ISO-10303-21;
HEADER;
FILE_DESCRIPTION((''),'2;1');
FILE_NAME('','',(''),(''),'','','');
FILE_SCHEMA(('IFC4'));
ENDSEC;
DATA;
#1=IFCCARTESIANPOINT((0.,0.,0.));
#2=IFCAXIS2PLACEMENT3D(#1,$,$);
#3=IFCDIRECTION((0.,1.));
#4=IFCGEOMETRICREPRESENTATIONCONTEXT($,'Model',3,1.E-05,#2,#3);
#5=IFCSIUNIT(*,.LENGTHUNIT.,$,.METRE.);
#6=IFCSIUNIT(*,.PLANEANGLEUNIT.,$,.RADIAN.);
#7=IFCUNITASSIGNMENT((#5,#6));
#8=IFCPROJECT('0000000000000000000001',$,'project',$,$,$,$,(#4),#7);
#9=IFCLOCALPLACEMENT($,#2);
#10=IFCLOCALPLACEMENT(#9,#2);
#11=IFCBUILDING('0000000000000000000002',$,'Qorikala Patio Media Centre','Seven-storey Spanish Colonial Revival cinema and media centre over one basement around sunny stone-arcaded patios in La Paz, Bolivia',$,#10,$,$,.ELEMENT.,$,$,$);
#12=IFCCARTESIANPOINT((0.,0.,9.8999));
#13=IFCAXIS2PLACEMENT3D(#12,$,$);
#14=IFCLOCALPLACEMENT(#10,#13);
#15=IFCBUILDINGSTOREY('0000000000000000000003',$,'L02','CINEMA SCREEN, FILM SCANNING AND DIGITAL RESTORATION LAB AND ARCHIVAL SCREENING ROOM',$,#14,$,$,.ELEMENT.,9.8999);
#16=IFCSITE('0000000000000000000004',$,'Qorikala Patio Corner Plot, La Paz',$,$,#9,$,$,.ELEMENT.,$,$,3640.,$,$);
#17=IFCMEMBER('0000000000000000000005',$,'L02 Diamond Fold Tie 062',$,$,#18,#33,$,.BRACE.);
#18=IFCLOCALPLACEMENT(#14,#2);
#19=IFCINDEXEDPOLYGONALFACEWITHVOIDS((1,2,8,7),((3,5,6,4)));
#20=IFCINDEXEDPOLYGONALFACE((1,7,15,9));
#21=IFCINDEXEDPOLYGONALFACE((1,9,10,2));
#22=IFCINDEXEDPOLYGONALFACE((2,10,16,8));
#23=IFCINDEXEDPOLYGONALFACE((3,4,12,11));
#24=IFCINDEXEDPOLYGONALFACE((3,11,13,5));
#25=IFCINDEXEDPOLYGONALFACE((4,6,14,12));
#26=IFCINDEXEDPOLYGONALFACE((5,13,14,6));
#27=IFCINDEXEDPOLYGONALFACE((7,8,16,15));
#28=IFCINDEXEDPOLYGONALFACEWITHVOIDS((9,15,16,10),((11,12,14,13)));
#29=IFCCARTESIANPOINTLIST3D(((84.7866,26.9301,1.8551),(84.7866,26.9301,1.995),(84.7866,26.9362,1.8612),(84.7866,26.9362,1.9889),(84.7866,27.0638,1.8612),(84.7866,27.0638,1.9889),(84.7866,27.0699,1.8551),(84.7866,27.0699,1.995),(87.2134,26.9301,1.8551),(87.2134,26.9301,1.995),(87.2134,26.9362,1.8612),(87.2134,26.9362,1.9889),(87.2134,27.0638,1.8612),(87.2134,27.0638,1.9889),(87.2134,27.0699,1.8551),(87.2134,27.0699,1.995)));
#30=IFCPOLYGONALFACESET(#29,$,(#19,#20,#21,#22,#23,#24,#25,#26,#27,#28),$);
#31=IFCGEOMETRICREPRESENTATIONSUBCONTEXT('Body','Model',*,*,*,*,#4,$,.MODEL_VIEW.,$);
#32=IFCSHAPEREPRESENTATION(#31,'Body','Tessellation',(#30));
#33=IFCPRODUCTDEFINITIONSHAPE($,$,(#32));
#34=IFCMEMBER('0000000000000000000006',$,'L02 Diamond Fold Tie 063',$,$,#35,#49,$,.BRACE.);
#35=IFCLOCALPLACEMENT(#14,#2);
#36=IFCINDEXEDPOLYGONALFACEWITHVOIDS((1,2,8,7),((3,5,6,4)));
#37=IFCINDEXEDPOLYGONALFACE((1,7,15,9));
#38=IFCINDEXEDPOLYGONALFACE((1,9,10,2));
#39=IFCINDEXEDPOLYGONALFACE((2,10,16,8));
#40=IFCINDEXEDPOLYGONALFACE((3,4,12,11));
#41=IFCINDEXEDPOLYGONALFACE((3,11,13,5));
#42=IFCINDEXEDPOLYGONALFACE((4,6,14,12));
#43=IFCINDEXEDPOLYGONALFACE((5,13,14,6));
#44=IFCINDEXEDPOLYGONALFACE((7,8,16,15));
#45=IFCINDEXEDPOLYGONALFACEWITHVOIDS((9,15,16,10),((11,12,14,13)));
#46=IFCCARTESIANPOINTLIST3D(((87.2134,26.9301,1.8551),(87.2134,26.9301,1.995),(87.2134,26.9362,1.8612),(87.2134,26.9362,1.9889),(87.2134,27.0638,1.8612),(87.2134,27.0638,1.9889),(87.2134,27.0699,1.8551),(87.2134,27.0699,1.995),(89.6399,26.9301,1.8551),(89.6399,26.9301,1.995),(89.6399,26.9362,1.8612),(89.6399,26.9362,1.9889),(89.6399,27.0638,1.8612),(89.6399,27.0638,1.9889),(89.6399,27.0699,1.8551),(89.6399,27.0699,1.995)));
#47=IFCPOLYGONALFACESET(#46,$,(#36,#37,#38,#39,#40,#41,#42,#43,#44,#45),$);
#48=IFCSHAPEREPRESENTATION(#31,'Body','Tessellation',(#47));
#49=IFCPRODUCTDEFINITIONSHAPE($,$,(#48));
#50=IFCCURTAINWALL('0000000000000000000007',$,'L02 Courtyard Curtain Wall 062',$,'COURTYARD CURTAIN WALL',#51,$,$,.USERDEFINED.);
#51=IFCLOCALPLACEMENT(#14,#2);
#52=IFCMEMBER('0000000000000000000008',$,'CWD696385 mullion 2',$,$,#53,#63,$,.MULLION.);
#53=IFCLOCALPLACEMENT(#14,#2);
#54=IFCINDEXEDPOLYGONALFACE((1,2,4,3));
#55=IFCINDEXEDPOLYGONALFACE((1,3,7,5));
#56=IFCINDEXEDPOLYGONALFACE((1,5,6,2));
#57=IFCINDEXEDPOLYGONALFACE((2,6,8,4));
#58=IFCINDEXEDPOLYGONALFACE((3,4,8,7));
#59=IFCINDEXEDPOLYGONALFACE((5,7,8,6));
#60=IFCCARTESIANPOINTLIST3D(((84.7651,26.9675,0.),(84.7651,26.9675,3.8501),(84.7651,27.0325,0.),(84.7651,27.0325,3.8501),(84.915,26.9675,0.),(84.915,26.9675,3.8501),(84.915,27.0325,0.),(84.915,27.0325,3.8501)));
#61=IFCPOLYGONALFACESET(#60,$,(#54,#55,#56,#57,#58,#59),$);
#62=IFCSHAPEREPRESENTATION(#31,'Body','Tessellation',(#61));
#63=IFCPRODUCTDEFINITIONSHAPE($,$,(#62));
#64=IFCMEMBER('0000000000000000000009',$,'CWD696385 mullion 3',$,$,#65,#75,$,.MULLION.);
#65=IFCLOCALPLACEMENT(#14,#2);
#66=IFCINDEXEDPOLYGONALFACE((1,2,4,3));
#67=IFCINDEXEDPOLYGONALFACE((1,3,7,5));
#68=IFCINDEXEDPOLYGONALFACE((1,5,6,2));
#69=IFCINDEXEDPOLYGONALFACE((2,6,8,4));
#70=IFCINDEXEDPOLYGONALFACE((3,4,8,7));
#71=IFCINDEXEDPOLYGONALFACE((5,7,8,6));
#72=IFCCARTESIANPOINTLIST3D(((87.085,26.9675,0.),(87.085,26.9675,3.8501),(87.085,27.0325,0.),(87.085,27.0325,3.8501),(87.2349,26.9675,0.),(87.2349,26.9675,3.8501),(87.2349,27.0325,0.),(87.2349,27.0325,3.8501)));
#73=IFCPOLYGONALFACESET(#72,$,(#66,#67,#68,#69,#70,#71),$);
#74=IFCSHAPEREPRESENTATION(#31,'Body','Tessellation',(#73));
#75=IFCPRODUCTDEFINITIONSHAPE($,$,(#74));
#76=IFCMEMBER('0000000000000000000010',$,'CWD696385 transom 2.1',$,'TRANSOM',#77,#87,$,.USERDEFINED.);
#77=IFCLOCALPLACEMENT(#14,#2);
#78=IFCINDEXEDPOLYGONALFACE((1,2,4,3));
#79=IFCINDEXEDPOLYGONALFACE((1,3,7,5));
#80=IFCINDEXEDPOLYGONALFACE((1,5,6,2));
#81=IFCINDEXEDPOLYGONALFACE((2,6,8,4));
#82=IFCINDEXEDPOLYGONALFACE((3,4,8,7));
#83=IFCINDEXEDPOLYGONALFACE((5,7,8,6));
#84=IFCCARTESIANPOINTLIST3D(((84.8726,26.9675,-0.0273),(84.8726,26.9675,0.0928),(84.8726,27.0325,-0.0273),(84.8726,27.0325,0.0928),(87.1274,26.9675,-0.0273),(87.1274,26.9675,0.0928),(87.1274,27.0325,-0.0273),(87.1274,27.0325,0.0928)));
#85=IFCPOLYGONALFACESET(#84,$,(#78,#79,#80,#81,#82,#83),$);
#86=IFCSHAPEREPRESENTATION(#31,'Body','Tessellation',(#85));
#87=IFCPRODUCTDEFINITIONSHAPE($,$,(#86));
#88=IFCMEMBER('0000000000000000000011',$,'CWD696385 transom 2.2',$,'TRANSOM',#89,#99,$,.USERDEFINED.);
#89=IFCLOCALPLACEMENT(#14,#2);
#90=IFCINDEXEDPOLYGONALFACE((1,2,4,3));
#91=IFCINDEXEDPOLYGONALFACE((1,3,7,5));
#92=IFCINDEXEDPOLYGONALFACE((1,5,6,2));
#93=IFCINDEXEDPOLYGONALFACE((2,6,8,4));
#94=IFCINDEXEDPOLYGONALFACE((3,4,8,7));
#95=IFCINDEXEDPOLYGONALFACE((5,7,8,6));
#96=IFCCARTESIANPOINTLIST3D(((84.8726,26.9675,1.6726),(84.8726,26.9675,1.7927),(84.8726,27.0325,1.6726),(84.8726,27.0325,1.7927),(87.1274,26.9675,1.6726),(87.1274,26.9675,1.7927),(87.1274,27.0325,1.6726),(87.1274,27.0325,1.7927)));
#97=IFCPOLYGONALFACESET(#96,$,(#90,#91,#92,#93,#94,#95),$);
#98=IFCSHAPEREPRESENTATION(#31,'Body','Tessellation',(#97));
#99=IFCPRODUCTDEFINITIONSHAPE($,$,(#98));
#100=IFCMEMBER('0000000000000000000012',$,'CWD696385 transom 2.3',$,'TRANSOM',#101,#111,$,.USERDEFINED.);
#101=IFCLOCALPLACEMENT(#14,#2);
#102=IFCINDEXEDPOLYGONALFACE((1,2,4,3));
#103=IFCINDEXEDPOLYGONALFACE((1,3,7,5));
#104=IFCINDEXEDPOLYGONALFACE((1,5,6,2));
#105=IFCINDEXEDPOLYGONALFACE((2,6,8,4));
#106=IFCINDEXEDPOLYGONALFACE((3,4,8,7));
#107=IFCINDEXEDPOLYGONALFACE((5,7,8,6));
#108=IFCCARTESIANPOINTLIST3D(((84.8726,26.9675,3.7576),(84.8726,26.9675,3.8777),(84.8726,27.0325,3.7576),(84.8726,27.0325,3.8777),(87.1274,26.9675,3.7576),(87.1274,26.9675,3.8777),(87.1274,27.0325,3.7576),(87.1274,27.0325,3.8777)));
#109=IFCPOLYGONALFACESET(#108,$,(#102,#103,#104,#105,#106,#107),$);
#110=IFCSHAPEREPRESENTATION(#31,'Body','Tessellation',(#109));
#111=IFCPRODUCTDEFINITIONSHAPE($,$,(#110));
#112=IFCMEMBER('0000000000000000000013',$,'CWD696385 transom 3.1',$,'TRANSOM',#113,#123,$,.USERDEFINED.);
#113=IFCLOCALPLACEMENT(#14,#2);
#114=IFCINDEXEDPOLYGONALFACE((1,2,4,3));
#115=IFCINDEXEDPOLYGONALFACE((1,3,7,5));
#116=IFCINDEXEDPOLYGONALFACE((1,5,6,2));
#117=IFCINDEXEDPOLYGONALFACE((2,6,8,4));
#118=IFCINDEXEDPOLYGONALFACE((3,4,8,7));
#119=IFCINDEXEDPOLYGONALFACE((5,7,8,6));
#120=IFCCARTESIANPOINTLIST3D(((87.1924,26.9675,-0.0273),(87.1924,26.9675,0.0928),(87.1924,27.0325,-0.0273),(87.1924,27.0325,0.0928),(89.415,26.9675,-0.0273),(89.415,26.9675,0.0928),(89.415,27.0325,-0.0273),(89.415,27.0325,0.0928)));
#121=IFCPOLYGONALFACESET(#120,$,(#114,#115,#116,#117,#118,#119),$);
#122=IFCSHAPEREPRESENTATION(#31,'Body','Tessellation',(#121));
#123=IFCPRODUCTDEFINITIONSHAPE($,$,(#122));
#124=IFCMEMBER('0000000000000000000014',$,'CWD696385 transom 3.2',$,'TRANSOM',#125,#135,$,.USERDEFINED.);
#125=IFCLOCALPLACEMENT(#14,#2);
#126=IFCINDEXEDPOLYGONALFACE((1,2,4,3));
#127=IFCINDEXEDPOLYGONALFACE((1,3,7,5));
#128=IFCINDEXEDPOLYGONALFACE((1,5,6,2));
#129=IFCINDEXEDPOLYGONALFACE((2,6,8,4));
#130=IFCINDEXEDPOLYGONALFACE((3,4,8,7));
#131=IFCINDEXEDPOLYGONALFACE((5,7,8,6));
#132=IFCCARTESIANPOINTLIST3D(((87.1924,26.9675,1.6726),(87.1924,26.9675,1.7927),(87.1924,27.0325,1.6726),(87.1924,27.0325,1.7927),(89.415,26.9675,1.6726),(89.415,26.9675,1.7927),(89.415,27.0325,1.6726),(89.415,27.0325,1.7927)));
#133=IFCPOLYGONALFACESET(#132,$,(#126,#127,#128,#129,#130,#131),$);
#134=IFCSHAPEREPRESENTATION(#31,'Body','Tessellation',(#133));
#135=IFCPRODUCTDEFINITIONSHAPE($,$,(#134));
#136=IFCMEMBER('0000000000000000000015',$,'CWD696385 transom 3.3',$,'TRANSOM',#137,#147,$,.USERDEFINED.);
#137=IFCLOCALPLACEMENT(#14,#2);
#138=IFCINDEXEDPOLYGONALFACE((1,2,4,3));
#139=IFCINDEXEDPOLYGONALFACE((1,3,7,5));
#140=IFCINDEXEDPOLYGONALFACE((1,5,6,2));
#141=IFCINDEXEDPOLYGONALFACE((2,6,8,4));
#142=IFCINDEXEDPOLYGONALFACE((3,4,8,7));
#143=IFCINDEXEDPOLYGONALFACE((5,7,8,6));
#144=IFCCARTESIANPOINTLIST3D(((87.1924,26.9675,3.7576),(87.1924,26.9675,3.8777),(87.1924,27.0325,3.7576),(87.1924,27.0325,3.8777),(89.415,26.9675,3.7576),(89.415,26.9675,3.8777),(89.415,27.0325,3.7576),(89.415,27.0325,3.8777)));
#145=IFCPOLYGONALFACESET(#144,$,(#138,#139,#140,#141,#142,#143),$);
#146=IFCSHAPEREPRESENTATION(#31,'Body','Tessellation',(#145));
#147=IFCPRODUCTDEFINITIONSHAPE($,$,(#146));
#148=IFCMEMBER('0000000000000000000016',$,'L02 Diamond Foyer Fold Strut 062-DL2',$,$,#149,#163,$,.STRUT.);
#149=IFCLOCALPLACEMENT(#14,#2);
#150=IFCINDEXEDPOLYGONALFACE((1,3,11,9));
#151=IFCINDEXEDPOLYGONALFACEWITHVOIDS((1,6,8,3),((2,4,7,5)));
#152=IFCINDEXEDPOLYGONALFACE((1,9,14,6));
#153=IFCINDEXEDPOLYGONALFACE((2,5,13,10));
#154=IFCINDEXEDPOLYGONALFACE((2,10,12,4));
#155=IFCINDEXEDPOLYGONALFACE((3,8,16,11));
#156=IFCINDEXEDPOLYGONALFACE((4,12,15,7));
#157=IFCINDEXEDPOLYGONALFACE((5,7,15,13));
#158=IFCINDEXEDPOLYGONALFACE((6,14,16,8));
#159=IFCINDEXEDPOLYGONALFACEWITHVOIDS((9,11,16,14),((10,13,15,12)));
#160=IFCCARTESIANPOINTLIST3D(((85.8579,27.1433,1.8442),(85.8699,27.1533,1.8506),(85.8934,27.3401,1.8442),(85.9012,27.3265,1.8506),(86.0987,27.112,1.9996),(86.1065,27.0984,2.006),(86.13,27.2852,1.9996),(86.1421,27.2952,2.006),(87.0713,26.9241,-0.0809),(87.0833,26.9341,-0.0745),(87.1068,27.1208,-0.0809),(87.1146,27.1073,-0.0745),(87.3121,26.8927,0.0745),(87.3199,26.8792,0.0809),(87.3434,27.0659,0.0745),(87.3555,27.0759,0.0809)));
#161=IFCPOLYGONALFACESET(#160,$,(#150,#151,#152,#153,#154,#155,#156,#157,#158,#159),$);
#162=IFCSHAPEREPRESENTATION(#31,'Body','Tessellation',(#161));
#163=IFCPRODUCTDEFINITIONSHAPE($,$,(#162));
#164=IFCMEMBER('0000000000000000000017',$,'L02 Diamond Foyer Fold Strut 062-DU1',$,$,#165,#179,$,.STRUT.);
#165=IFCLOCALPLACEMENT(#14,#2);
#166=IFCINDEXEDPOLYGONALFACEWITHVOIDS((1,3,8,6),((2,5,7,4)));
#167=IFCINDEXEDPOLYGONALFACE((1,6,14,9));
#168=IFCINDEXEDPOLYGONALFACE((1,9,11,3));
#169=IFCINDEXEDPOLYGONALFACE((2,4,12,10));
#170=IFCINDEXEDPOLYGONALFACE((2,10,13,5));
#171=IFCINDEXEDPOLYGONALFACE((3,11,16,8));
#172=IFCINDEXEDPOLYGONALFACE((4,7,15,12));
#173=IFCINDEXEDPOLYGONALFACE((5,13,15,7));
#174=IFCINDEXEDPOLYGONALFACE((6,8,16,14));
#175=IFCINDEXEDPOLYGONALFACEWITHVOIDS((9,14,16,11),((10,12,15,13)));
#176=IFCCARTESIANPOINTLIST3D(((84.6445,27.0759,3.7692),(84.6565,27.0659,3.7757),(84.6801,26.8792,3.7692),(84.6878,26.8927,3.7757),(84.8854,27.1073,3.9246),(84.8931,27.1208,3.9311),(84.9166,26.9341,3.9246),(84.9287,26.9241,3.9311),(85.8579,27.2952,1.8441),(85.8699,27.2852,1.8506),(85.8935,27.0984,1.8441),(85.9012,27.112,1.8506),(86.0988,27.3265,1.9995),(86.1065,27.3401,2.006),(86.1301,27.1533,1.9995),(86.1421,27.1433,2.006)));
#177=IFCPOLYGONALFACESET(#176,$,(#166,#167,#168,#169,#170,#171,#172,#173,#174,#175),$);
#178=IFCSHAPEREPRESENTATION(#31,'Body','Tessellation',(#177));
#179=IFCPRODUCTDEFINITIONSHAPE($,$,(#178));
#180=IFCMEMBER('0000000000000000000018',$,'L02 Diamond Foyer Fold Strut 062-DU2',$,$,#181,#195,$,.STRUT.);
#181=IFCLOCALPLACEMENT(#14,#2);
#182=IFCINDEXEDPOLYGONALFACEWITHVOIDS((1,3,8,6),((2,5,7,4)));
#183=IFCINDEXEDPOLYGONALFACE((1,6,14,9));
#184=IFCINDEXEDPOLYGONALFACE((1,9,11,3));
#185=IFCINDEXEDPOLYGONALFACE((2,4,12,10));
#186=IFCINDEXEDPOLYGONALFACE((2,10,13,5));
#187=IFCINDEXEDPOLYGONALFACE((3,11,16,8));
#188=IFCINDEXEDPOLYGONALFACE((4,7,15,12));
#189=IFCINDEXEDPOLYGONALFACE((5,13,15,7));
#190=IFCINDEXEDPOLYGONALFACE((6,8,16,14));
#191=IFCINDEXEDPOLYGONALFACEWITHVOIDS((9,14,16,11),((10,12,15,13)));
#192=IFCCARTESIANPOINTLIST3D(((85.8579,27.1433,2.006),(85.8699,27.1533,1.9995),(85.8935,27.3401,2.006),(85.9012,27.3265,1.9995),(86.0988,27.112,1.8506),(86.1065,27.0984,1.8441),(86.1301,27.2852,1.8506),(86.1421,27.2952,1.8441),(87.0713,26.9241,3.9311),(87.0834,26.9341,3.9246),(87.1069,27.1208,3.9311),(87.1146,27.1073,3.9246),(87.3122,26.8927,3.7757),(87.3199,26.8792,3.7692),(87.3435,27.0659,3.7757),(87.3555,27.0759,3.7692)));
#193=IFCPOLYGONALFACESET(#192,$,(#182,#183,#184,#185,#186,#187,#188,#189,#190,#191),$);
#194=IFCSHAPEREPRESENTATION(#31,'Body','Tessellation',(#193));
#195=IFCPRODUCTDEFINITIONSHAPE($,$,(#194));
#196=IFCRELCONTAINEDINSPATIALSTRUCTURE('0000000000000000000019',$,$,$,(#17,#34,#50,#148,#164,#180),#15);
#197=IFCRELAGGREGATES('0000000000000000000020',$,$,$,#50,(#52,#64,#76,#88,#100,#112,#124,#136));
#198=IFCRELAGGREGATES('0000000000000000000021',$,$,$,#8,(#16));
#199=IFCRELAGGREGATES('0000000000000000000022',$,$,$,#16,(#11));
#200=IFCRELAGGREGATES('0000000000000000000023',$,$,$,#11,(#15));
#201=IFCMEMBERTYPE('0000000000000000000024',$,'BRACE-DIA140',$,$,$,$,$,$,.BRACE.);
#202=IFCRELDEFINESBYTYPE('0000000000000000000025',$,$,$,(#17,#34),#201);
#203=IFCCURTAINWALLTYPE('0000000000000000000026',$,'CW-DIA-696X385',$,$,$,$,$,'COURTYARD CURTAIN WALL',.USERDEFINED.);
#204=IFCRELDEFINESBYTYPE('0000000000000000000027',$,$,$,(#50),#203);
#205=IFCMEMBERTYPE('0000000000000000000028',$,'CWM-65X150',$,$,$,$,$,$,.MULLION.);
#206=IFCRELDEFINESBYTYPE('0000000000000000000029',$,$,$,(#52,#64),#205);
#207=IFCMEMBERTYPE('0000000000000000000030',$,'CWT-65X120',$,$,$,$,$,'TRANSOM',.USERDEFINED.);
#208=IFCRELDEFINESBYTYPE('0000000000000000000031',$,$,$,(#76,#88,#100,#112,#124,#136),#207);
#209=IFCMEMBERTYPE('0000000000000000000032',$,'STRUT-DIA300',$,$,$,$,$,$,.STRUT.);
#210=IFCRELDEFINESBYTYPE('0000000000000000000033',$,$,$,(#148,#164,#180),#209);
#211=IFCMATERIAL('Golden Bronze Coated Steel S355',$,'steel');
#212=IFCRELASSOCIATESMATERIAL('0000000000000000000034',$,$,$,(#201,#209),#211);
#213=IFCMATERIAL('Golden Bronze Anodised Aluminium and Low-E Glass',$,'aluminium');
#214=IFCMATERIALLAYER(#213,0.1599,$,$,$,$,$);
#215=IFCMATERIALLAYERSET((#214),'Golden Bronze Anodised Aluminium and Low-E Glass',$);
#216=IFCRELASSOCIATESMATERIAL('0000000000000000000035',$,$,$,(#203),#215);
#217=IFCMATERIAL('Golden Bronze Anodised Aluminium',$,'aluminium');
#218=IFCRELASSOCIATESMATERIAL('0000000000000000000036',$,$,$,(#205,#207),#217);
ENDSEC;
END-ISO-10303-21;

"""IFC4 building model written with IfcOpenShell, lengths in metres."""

from ifc_helpers import new_model, si_unit, direction, frame, origin, origin_2d, place, context, subcontext, project, spatial, rectangle, hollow_rectangle, extrude, material, layer, layer_set, material_profile, profile_set, type_object, element, aggregate, save


model = new_model("IFC4")

# Units and contexts
model_context = context("Model", 3, precision=1e-05, world=origin(), true_north=direction((0.0, 1.0)))
body_context = subcontext(model_context, "Body", "Model", "MODEL_VIEW")
ifc_project = project(units=[si_unit("LENGTHUNIT", "METRE"), si_unit("PLANEANGLEUNIT", "RADIAN")], contexts=[model_context])

# Site, building, storey
site_placement = place(None, origin())
site = spatial("IfcSite", under=ifc_project, at=site_placement, Name="Qorikala Patio Corner Plot, La Paz", CompositionType="ELEMENT", RefElevation=3640.0)
building_placement = place(site_placement, origin())
building = spatial("IfcBuilding", under=site, at=building_placement, Name="Qorikala Patio Media Centre", Description="Seven-storey Spanish Colonial Revival cinema and media centre over one basement around sunny stone-arcaded patios in La Paz, Bolivia", CompositionType="ELEMENT")
storey_placement = place(building_placement, frame((0.0, 0.0, 9.8999)))
storey = spatial("IfcBuildingStorey", under=building, at=storey_placement, Name="L02", Description="CINEMA SCREEN, FILM SCANNING AND DIGITAL RESTORATION LAB AND ARCHIVAL SCREENING ROOM", CompositionType="ELEMENT", Elevation=9.8999)

# Members
ifc_material_1 = material(Name="Golden Bronze Coated Steel S355", Category="steel")
ifc_material_profile_1 = material_profile(ifc_material_1, hollow_rectangle(XDim=0.1399, YDim=0.1399, WallThickness=0.0061, at=origin_2d()), Name="HSS140X140X6")
ifc_profile_set_1 = profile_set([ifc_material_profile_1], Name="Golden Bronze Coated Steel S355")
member_type_1 = type_object("IfcMemberType", Name="BRACE-DIA140", PredefinedType="BRACE", material=ifc_profile_set_1)
member_1_placement = place(storey_placement, frame((84.7866, 27.0, 1.925), z_axis=(1.0, 0.0, 0.0), x_axis=(0.0, 1.0, 0.0)))
element("IfcMember", 1, at=member_1_placement, inside=storey, type_object=member_type_1, Name="L02 Diamond Fold Tie 062", PredefinedType="BRACE", context=body_context, shape_type="SweptSolid", body=[
    extrude(hollow_rectangle(XDim=0.1399, YDim=0.1399, WallThickness=0.0061, at=origin_2d()), origin(), (0.0, 0.0, 1.0), 2.4268),
])
member_2_placement = place(storey_placement, frame((87.2134, 27.0, 1.925), z_axis=(1.0, 0.0, 0.0), x_axis=(0.0, 1.0, 0.0)))
element("IfcMember", 2, at=member_2_placement, inside=storey, type_object=member_type_1, Name="L02 Diamond Fold Tie 063", PredefinedType="BRACE", context=body_context, shape_type="SweptSolid", body=[
    extrude(hollow_rectangle(XDim=0.1399, YDim=0.1399, WallThickness=0.0061, at=origin_2d()), origin(), (0.0, 0.0, 1.0), 2.4265),
])

# Curtain wall, members
ifc_material_2 = material(Name="Golden Bronze Anodised Aluminium and Low-E Glass", Category="aluminium")
ifc_layer_1 = layer(ifc_material_2, 0.1599)
ifc_layer_set_1 = layer_set([ifc_layer_1], Name="Golden Bronze Anodised Aluminium and Low-E Glass")
curtain_wall_type = type_object("IfcCurtainWallType", Name="CW-DIA-696X385", ElementType="COURTYARD CURTAIN WALL", PredefinedType="USERDEFINED", material=ifc_layer_set_1)
curtain_wall_placement = place(storey_placement, origin())
curtain_wall = element("IfcCurtainWall", 3, at=curtain_wall_placement, inside=storey, type_object=curtain_wall_type, Name="L02 Courtyard Curtain Wall 062", ObjectType="COURTYARD CURTAIN WALL", PredefinedType="USERDEFINED")
ifc_material_3 = material(Name="Golden Bronze Anodised Aluminium", Category="aluminium")
ifc_material_profile_2 = material_profile(ifc_material_3, rectangle(XDim=0.0649, YDim=0.1499, at=origin_2d()), Name="ALU MULLION 65x150")
ifc_profile_set_2 = profile_set([ifc_material_profile_2], Name="Golden Bronze Anodised Aluminium")
member_type_2 = type_object("IfcMemberType", Name="CWM-65X150", PredefinedType="MULLION", material=ifc_profile_set_2)
member_3_placement = place(storey_placement, frame((84.8401, 27.0, 0.0), z_axis=(0.0, 0.0, 1.0), x_axis=(0.0, 1.0, 0.0)))
member_3 = element("IfcMember", 4, at=member_3_placement, type_object=member_type_2, Name="CWD696385 mullion 2", PredefinedType="MULLION", context=body_context, shape_type="SweptSolid", body=[
    extrude(rectangle(XDim=0.0649, YDim=0.1499, at=origin_2d()), origin(), (0.0, 0.0, 1.0), 3.8501),
])
member_4_placement = place(storey_placement, frame((87.1599, 27.0, 0.0), z_axis=(0.0, 0.0, 1.0), x_axis=(0.0, 1.0, 0.0)))
member_4 = element("IfcMember", 5, at=member_4_placement, type_object=member_type_2, Name="CWD696385 mullion 3", PredefinedType="MULLION", context=body_context, shape_type="SweptSolid", body=[
    extrude(rectangle(XDim=0.0649, YDim=0.1499, at=origin_2d()), origin(), (0.0, 0.0, 1.0), 3.8501),
])
ifc_material_profile_3 = material_profile(ifc_material_3, rectangle(XDim=0.0649, YDim=0.1201, at=origin_2d()), Name="ALU TRANSOM 65x120")
ifc_profile_set_3 = profile_set([ifc_material_profile_3], Name="Golden Bronze Anodised Aluminium")
member_type_3 = type_object("IfcMemberType", Name="CWT-65X120", ElementType="TRANSOM", PredefinedType="USERDEFINED", material=ifc_profile_set_3)
member_5_placement = place(storey_placement, frame((84.8726, 27.0, 0.0327), z_axis=(1.0, 0.0, 0.0), x_axis=(0.0, 1.0, 0.0)))
member_5 = element("IfcMember", 6, at=member_5_placement, type_object=member_type_3, Name="CWD696385 transom 2.1", ObjectType="TRANSOM", PredefinedType="USERDEFINED", context=body_context, shape_type="SweptSolid", body=[
    extrude(rectangle(XDim=0.0649, YDim=0.1201, at=origin_2d()), origin(), (0.0, 0.0, 1.0), 2.2549),
])
member_6_placement = place(storey_placement, frame((84.8726, 27.0, 1.7327), z_axis=(1.0, 0.0, 0.0), x_axis=(0.0, 1.0, 0.0)))
member_6 = element("IfcMember", 7, at=member_6_placement, type_object=member_type_3, Name="CWD696385 transom 2.2", ObjectType="TRANSOM", PredefinedType="USERDEFINED", context=body_context, shape_type="SweptSolid", body=[
    extrude(rectangle(XDim=0.0649, YDim=0.1201, at=origin_2d()), origin(), (0.0, 0.0, 1.0), 2.2549),
])
member_7_placement = place(storey_placement, frame((84.8726, 27.0, 3.8176), z_axis=(1.0, 0.0, 0.0), x_axis=(0.0, 1.0, 0.0)))
member_7 = element("IfcMember", 8, at=member_7_placement, type_object=member_type_3, Name="CWD696385 transom 2.3", ObjectType="TRANSOM", PredefinedType="USERDEFINED", context=body_context, shape_type="SweptSolid", body=[
    extrude(rectangle(XDim=0.0649, YDim=0.1201, at=origin_2d()), origin(), (0.0, 0.0, 1.0), 2.2549),
])
member_8_placement = place(storey_placement, frame((87.1924, 27.0, 0.0327), z_axis=(1.0, 0.0, 0.0), x_axis=(0.0, 1.0, 0.0)))
member_8 = element("IfcMember", 9, at=member_8_placement, type_object=member_type_3, Name="CWD696385 transom 3.1", ObjectType="TRANSOM", PredefinedType="USERDEFINED", context=body_context, shape_type="SweptSolid", body=[
    extrude(rectangle(XDim=0.0649, YDim=0.1201, at=origin_2d()), origin(), (0.0, 0.0, 1.0), 2.2227),
])
member_9_placement = place(storey_placement, frame((87.1924, 27.0, 1.7327), z_axis=(1.0, 0.0, 0.0), x_axis=(0.0, 1.0, 0.0)))
member_9 = element("IfcMember", 10, at=member_9_placement, type_object=member_type_3, Name="CWD696385 transom 3.2", ObjectType="TRANSOM", PredefinedType="USERDEFINED", context=body_context, shape_type="SweptSolid", body=[
    extrude(rectangle(XDim=0.0649, YDim=0.1201, at=origin_2d()), origin(), (0.0, 0.0, 1.0), 2.2227),
])
member_10_placement = place(storey_placement, frame((87.1924, 27.0, 3.8176), z_axis=(1.0, 0.0, 0.0), x_axis=(0.0, 1.0, 0.0)))
member_10 = element("IfcMember", 11, at=member_10_placement, type_object=member_type_3, Name="CWD696385 transom 3.3", ObjectType="TRANSOM", PredefinedType="USERDEFINED", context=body_context, shape_type="SweptSolid", body=[
    extrude(rectangle(XDim=0.0649, YDim=0.1201, at=origin_2d()), origin(), (0.0, 0.0, 1.0), 2.2227),
])

# Members
ifc_material_profile_4 = material_profile(ifc_material_1, hollow_rectangle(XDim=0.2, YDim=0.3, WallThickness=0.012, at=origin_2d()), Name="HSS300X200X12")
ifc_profile_set_4 = profile_set([ifc_material_profile_4], Name="Golden Bronze Coated Steel S355")
member_type_4 = type_object("IfcMemberType", Name="STRUT-DIA300", PredefinedType="STRUT", material=ifc_profile_set_4)
for number, where, z_axis, x_axis, name in (
    (12, (87.2134, 27.0, 0.0), (-0.530768, 0.095901, 0.842074), (-0.177805, -0.984066, 0.0), "L02 Diamond Foyer Fold Strut 062-DL2"),
    (13, (86.0, 27.2192, 1.925), (-0.530768, -0.095901, 0.842074), (0.177805, -0.984066, 0.0), "L02 Diamond Foyer Fold Strut 062-DU1"),
    (14, (86.0, 27.2192, 1.925), (0.530768, -0.095901, 0.842074), (0.177805, 0.984066, 0.0), "L02 Diamond Foyer Fold Strut 062-DU2"),
):
    element("IfcMember", number, at=place(storey_placement, frame(where, z_axis=z_axis, x_axis=x_axis)), inside=storey, type_object=member_type_4, Name=name, PredefinedType="STRUT", context=body_context, shape_type="SweptSolid", body=[
        extrude(hollow_rectangle(XDim=0.2, YDim=0.3, WallThickness=0.012, at=origin_2d()), origin(), (0.0, 0.0, 1.0), 2.2861),
    ])

aggregate(curtain_wall, [member_3, member_4, member_5, member_6, member_7, member_8, member_9, member_10])

save(model, "model.ifc")
